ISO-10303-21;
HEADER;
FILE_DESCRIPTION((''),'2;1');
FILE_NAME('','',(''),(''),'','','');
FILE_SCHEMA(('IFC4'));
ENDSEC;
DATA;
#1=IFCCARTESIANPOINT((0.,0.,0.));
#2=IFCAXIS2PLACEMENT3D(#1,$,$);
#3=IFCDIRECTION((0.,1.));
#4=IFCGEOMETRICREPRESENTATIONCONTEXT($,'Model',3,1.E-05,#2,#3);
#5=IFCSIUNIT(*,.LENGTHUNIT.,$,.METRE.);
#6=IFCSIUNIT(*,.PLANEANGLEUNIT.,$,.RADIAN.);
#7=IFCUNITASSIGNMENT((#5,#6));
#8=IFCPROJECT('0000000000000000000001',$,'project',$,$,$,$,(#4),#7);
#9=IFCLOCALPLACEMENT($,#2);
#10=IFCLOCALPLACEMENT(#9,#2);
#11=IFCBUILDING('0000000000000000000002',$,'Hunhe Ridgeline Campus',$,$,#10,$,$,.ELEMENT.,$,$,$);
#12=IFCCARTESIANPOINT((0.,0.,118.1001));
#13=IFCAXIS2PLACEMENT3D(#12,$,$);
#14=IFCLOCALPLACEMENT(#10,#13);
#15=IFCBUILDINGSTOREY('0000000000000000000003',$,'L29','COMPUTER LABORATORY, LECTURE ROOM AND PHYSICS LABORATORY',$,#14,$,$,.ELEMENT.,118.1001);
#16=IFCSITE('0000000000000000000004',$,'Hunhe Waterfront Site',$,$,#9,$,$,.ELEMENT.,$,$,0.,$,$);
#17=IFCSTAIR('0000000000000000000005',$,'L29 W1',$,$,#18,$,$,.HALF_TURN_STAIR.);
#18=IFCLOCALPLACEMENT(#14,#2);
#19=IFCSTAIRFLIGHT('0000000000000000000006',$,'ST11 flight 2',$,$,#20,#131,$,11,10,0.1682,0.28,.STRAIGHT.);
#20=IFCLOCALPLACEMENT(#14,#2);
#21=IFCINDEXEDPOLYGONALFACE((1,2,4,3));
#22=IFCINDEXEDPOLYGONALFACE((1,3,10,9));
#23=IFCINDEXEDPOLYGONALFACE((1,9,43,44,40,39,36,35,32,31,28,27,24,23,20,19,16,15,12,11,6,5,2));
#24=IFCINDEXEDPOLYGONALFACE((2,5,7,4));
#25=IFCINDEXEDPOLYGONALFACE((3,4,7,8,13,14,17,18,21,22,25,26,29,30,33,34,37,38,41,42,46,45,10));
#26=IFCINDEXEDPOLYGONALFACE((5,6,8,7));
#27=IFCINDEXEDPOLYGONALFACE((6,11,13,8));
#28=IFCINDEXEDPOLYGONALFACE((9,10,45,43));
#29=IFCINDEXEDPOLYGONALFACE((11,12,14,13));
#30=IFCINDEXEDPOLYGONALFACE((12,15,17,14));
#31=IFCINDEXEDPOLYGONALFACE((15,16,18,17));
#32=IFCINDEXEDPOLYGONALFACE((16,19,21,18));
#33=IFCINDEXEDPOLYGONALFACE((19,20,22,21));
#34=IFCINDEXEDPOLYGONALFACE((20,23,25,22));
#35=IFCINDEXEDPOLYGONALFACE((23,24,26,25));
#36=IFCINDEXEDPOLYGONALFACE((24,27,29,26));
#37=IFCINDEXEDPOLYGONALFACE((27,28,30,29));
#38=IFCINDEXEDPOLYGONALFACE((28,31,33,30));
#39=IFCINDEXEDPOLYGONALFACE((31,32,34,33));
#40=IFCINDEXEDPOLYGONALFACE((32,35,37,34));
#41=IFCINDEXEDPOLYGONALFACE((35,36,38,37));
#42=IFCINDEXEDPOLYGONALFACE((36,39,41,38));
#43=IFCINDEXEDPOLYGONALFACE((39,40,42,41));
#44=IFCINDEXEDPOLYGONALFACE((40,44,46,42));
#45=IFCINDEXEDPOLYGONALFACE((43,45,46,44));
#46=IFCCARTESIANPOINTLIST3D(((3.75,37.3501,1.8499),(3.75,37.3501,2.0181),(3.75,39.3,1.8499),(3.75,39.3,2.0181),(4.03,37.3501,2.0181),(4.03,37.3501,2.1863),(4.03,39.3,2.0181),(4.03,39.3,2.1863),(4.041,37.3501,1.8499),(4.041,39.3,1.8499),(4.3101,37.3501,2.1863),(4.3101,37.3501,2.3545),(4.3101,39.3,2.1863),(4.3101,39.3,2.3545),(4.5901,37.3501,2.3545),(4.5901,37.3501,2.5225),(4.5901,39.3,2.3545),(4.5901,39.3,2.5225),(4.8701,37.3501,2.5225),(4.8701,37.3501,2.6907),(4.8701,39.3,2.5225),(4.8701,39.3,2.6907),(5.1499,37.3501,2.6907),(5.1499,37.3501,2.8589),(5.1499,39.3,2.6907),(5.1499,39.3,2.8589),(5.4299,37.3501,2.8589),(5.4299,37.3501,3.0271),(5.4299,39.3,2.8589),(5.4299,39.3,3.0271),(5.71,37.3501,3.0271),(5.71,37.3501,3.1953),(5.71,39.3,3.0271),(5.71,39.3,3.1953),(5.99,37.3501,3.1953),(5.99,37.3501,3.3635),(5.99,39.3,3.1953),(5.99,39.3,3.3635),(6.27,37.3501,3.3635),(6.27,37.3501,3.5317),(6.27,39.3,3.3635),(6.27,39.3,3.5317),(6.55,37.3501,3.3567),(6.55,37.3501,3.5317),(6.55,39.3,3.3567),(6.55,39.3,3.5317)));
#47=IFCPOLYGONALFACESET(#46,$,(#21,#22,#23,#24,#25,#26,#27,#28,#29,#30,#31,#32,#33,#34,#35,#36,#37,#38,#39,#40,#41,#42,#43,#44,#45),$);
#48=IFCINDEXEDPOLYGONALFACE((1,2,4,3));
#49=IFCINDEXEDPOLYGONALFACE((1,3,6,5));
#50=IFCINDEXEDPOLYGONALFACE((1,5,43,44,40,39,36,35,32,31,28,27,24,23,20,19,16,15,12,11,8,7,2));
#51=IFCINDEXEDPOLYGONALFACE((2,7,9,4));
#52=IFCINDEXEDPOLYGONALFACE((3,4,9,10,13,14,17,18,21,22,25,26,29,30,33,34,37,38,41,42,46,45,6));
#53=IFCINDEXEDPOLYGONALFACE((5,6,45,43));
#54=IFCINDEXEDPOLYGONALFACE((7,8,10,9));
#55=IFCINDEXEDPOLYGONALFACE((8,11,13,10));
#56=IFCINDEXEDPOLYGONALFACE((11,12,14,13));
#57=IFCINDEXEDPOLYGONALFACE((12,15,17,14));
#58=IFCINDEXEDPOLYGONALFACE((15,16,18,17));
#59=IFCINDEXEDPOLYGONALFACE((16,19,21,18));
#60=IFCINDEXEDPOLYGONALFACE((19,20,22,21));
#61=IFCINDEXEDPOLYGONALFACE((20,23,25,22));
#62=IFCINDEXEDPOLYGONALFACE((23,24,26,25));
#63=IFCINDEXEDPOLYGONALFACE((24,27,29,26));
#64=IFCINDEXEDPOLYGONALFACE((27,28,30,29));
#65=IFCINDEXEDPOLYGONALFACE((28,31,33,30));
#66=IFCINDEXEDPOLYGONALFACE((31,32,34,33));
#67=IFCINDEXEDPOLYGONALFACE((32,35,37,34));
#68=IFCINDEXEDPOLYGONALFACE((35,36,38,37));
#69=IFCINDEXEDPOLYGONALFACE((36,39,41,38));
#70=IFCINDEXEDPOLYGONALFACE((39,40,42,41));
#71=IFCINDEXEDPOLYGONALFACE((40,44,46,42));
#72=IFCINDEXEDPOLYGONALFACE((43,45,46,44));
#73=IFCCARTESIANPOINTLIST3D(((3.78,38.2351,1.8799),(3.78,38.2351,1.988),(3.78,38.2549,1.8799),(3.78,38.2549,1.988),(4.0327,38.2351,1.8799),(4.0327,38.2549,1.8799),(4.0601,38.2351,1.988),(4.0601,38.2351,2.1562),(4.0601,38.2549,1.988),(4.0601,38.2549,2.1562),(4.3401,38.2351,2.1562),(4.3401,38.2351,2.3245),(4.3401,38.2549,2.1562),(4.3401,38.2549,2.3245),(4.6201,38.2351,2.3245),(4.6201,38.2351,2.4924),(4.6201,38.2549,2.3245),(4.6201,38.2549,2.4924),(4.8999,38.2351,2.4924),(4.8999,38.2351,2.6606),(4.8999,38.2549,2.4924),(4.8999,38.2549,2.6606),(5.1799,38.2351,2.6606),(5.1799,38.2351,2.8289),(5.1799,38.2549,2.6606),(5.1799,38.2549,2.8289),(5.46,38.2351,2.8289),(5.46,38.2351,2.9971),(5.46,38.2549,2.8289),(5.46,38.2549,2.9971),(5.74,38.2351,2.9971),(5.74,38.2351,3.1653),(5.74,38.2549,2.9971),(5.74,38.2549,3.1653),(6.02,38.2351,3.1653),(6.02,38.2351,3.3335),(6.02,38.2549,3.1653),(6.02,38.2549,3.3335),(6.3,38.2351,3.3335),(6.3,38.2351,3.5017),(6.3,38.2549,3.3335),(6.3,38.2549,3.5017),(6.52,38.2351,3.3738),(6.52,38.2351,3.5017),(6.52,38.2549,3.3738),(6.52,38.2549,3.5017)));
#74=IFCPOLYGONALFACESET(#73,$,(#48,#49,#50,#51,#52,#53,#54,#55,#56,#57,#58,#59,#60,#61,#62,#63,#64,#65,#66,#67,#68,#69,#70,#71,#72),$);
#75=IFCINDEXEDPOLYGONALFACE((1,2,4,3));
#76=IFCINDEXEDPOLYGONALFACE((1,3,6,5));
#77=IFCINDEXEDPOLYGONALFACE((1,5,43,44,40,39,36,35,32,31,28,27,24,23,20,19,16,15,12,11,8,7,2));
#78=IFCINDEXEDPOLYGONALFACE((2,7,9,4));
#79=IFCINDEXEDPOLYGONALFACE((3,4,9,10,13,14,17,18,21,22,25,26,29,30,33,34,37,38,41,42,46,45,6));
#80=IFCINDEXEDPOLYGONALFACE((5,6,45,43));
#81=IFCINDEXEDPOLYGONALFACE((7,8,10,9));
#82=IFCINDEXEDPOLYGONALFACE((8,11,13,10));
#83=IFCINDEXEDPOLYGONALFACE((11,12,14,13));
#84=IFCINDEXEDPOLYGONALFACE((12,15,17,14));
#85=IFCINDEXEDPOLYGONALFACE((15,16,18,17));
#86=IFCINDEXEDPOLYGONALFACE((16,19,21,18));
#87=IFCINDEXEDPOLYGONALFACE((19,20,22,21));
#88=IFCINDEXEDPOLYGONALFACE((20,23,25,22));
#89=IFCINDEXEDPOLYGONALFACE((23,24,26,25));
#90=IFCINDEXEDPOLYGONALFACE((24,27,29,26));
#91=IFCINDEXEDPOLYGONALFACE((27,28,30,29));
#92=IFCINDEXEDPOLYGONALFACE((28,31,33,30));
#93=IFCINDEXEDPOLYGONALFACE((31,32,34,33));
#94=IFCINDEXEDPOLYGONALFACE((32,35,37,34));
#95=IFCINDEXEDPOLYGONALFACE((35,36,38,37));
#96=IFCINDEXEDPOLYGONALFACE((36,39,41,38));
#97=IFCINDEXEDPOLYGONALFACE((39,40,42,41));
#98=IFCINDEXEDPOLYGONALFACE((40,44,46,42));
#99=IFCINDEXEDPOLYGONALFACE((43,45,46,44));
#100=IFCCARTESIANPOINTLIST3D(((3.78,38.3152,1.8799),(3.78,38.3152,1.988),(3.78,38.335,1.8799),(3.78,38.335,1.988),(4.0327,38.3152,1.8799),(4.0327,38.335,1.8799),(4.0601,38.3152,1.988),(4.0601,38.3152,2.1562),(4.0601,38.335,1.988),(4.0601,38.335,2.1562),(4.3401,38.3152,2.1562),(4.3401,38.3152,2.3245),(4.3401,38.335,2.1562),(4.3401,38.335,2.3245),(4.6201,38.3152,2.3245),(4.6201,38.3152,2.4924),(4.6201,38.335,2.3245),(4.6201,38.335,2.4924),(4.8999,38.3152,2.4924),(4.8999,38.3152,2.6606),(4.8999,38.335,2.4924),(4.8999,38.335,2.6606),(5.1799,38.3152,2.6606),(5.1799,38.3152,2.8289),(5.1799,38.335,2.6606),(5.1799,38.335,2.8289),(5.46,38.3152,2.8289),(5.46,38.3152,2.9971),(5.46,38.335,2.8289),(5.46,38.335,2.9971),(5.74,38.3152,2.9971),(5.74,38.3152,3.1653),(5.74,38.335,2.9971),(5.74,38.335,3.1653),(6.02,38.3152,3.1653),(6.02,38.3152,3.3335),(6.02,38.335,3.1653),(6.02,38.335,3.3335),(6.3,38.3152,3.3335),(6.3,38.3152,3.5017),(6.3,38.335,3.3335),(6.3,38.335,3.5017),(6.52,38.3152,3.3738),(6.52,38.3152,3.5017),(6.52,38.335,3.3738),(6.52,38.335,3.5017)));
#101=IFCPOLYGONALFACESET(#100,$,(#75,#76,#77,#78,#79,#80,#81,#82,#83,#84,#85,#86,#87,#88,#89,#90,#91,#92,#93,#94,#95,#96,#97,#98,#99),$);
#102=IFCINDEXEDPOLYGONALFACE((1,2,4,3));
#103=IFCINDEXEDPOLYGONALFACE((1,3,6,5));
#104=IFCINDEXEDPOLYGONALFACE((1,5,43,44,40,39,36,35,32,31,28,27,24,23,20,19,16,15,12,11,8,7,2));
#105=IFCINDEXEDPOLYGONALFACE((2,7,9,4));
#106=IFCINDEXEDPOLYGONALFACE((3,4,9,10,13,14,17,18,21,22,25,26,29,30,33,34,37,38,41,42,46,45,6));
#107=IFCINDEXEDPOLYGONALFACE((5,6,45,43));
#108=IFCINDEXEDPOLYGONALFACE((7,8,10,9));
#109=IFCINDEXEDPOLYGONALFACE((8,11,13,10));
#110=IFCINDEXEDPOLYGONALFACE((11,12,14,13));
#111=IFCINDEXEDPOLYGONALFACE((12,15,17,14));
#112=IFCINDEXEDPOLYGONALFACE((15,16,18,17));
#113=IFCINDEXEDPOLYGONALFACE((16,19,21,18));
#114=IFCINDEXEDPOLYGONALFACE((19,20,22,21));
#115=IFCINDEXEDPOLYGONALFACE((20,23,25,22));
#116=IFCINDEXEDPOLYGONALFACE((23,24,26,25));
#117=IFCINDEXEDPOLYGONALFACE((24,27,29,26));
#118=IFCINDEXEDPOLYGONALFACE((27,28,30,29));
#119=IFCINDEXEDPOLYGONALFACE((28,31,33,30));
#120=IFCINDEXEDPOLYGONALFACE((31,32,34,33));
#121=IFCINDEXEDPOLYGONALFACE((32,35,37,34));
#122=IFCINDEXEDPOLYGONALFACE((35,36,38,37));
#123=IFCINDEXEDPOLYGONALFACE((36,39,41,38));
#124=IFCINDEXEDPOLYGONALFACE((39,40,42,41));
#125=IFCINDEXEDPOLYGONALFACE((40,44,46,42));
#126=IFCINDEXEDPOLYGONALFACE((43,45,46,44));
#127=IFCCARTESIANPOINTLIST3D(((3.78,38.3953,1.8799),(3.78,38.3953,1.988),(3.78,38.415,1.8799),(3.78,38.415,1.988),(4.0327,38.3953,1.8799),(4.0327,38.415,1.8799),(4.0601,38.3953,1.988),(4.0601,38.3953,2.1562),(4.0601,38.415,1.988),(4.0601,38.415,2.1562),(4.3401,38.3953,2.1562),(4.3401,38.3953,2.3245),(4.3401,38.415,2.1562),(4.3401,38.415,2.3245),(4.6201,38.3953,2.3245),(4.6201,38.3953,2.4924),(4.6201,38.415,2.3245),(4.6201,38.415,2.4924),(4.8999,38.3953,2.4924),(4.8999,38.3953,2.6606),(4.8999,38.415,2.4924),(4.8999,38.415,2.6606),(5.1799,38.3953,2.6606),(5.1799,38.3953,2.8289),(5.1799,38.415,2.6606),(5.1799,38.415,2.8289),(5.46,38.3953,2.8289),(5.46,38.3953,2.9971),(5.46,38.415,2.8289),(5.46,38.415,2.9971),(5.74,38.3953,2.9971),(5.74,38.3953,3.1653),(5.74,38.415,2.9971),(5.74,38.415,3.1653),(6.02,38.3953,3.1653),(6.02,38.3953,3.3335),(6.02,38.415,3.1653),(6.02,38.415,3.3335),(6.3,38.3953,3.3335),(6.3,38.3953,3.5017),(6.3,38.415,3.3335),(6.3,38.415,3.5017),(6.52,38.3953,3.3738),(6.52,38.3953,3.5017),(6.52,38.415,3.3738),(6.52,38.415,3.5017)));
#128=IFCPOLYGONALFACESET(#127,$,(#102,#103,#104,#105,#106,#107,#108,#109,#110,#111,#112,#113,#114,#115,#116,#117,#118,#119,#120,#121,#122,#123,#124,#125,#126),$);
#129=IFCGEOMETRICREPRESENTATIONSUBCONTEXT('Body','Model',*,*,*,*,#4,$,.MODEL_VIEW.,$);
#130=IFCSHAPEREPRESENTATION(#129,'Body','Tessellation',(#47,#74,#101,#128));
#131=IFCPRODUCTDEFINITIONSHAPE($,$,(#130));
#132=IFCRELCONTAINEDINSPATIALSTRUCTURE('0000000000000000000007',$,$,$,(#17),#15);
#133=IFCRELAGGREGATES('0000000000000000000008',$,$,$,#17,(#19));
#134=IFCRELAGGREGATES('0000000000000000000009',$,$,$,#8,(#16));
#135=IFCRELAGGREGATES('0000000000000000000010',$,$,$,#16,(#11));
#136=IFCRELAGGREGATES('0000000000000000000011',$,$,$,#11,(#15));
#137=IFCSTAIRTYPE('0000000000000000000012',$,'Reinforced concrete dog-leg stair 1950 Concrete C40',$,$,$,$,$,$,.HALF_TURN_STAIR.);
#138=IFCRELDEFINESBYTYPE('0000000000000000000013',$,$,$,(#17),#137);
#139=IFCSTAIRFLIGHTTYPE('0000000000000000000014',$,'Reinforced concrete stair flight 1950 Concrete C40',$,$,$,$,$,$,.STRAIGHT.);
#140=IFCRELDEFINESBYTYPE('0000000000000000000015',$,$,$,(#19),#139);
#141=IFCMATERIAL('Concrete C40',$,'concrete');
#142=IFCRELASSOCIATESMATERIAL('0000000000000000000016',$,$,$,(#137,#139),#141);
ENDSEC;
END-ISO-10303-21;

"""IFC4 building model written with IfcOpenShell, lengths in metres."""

from ifc_helpers import new_model, si_unit, direction, frame, origin, place, context, subcontext, project, spatial, polyline, outline, extrude, material, type_object, element, aggregate, save


model = new_model("IFC4")

# Units and contexts
model_context = context("Model", 3, precision=1e-05, world=origin(), true_north=direction((0.0, 1.0)))
body_context = subcontext(model_context, "Body", "Model", "MODEL_VIEW")
ifc_project = project(units=[si_unit("LENGTHUNIT", "METRE"), si_unit("PLANEANGLEUNIT", "RADIAN")], contexts=[model_context])

# Site, building, storey
site_placement = place(None, origin())
site = spatial("IfcSite", under=ifc_project, at=site_placement, Name="Hunhe Waterfront Site", CompositionType="ELEMENT", RefElevation=0.0)
building_placement = place(site_placement, origin())
building = spatial("IfcBuilding", under=site, at=building_placement, Name="Hunhe Ridgeline Campus", CompositionType="ELEMENT")
storey_placement = place(building_placement, frame((0.0, 0.0, 118.1001)))
storey = spatial("IfcBuildingStorey", under=building, at=storey_placement, Name="L29", Description="COMPUTER LABORATORY, LECTURE ROOM AND PHYSICS LABORATORY", CompositionType="ELEMENT", Elevation=118.1001)

# Shared definitions
ifc_material_1 = material(Name="Concrete C40", Category="concrete")
stair_type = type_object("IfcStairType", Name="Reinforced concrete dog-leg stair 1950 Concrete C40", PredefinedType="HALF_TURN_STAIR", material=ifc_material_1)
stair_flight_type = type_object("IfcStairFlightType", Name="Reinforced concrete stair flight 1950 Concrete C40", PredefinedType="STRAIGHT", material=ifc_material_1)

# Stair, stair flight
stair_1_placement = place(storey_placement, origin())
stair_1 = element("IfcStair", 1, at=stair_1_placement, inside=storey, type_object=stair_type, Name="L29 W1", PredefinedType="HALF_TURN_STAIR")
stair_flight_1_placement = place(storey_placement, frame((3.75, 38.325, 1.8499), z_axis=(0.0, 0.0, 1.0), x_axis=(1.0, 0.0, 0.0)))
stair_flight_1 = element("IfcStairFlight", 2, at=stair_flight_1_placement, type_object=stair_flight_type, Name="ST11 flight 2", NumberOfRisers=11, NumberOfTreads=10, PredefinedType="STRAIGHT", RiserHeight=0.1682, TreadLength=0.28, context=body_context, shape_type="SweptSolid", body=[
    extrude(outline(polyline([(0.0, 0.0), (0.0, 0.1682), (0.28, 0.1682), (0.28, 0.3364), (0.5601, 0.3364), (0.5601, 0.5046), (0.8401, 0.5046), (0.8401, 0.6726), (1.1201, 0.6726), (1.1201, 0.8408), (1.3999, 0.8408), (1.3999, 1.009), (1.6799, 1.009), (1.6799, 1.1772), (1.96, 1.1772), (1.96, 1.3455), (2.24, 1.3455), (2.24, 1.5137), (2.52, 1.5137), (2.52, 1.6819), (2.8, 1.6819), (2.8, 1.8501), (2.8, 1.5068), (0.291, 0.0), (0.0, 0.0)])), frame((0.0, 0.9751, 0.0), z_axis=(0.0, -1.0, 0.0), x_axis=(1.0, 0.0, 0.0)), (0.0, 0.0, 1.0), 1.95),
    extrude(outline(polyline([(0.03, 0.03), (0.03, 0.1382), (0.3101, 0.1382), (0.3101, 0.3064), (0.5901, 0.3064), (0.5901, 0.4746), (0.8701, 0.4746), (0.8701, 0.6426), (1.1499, 0.6426), (1.1499, 0.8108), (1.4299, 0.8108), (1.4299, 0.979), (1.71, 0.979), (1.71, 1.1472), (1.99, 1.1472), (1.99, 1.3154), (2.27, 1.3154), (2.27, 1.4836), (2.55, 1.4836), (2.55, 1.6519), (2.77, 1.6519), (2.77, 1.5239), (0.2827, 0.03), (0.03, 0.03)])), frame((0.0, -0.0701, 0.0), z_axis=(0.0, -1.0, 0.0), x_axis=(1.0, 0.0, 0.0)), (0.0, 0.0, 1.0), 0.0198),
    extrude(outline(polyline([(0.03, 0.03), (0.03, 0.1382), (0.3101, 0.1382), (0.3101, 0.3064), (0.5901, 0.3064), (0.5901, 0.4746), (0.8701, 0.4746), (0.8701, 0.6426), (1.1499, 0.6426), (1.1499, 0.8108), (1.4299, 0.8108), (1.4299, 0.979), (1.71, 0.979), (1.71, 1.1472), (1.99, 1.1472), (1.99, 1.3154), (2.27, 1.3154), (2.27, 1.4836), (2.55, 1.4836), (2.55, 1.6519), (2.77, 1.6519), (2.77, 1.5239), (0.2827, 0.03), (0.03, 0.03)])), frame((0.0, 0.01, 0.0), z_axis=(0.0, -1.0, 0.0), x_axis=(1.0, 0.0, 0.0)), (0.0, 0.0, 1.0), 0.0198),
    extrude(outline(polyline([(0.03, 0.03), (0.03, 0.1382), (0.3101, 0.1382), (0.3101, 0.3064), (0.5901, 0.3064), (0.5901, 0.4746), (0.8701, 0.4746), (0.8701, 0.6426), (1.1499, 0.6426), (1.1499, 0.8108), (1.4299, 0.8108), (1.4299, 0.979), (1.71, 0.979), (1.71, 1.1472), (1.99, 1.1472), (1.99, 1.3154), (2.27, 1.3154), (2.27, 1.4836), (2.55, 1.4836), (2.55, 1.6519), (2.77, 1.6519), (2.77, 1.5239), (0.2827, 0.03), (0.03, 0.03)])), frame((0.0, 0.0901, 0.0), z_axis=(0.0, -1.0, 0.0), x_axis=(1.0, 0.0, 0.0)), (0.0, 0.0, 1.0), 0.0198),
])
aggregate(stair_1, [stair_flight_1])

save(model, "model.ifc")
